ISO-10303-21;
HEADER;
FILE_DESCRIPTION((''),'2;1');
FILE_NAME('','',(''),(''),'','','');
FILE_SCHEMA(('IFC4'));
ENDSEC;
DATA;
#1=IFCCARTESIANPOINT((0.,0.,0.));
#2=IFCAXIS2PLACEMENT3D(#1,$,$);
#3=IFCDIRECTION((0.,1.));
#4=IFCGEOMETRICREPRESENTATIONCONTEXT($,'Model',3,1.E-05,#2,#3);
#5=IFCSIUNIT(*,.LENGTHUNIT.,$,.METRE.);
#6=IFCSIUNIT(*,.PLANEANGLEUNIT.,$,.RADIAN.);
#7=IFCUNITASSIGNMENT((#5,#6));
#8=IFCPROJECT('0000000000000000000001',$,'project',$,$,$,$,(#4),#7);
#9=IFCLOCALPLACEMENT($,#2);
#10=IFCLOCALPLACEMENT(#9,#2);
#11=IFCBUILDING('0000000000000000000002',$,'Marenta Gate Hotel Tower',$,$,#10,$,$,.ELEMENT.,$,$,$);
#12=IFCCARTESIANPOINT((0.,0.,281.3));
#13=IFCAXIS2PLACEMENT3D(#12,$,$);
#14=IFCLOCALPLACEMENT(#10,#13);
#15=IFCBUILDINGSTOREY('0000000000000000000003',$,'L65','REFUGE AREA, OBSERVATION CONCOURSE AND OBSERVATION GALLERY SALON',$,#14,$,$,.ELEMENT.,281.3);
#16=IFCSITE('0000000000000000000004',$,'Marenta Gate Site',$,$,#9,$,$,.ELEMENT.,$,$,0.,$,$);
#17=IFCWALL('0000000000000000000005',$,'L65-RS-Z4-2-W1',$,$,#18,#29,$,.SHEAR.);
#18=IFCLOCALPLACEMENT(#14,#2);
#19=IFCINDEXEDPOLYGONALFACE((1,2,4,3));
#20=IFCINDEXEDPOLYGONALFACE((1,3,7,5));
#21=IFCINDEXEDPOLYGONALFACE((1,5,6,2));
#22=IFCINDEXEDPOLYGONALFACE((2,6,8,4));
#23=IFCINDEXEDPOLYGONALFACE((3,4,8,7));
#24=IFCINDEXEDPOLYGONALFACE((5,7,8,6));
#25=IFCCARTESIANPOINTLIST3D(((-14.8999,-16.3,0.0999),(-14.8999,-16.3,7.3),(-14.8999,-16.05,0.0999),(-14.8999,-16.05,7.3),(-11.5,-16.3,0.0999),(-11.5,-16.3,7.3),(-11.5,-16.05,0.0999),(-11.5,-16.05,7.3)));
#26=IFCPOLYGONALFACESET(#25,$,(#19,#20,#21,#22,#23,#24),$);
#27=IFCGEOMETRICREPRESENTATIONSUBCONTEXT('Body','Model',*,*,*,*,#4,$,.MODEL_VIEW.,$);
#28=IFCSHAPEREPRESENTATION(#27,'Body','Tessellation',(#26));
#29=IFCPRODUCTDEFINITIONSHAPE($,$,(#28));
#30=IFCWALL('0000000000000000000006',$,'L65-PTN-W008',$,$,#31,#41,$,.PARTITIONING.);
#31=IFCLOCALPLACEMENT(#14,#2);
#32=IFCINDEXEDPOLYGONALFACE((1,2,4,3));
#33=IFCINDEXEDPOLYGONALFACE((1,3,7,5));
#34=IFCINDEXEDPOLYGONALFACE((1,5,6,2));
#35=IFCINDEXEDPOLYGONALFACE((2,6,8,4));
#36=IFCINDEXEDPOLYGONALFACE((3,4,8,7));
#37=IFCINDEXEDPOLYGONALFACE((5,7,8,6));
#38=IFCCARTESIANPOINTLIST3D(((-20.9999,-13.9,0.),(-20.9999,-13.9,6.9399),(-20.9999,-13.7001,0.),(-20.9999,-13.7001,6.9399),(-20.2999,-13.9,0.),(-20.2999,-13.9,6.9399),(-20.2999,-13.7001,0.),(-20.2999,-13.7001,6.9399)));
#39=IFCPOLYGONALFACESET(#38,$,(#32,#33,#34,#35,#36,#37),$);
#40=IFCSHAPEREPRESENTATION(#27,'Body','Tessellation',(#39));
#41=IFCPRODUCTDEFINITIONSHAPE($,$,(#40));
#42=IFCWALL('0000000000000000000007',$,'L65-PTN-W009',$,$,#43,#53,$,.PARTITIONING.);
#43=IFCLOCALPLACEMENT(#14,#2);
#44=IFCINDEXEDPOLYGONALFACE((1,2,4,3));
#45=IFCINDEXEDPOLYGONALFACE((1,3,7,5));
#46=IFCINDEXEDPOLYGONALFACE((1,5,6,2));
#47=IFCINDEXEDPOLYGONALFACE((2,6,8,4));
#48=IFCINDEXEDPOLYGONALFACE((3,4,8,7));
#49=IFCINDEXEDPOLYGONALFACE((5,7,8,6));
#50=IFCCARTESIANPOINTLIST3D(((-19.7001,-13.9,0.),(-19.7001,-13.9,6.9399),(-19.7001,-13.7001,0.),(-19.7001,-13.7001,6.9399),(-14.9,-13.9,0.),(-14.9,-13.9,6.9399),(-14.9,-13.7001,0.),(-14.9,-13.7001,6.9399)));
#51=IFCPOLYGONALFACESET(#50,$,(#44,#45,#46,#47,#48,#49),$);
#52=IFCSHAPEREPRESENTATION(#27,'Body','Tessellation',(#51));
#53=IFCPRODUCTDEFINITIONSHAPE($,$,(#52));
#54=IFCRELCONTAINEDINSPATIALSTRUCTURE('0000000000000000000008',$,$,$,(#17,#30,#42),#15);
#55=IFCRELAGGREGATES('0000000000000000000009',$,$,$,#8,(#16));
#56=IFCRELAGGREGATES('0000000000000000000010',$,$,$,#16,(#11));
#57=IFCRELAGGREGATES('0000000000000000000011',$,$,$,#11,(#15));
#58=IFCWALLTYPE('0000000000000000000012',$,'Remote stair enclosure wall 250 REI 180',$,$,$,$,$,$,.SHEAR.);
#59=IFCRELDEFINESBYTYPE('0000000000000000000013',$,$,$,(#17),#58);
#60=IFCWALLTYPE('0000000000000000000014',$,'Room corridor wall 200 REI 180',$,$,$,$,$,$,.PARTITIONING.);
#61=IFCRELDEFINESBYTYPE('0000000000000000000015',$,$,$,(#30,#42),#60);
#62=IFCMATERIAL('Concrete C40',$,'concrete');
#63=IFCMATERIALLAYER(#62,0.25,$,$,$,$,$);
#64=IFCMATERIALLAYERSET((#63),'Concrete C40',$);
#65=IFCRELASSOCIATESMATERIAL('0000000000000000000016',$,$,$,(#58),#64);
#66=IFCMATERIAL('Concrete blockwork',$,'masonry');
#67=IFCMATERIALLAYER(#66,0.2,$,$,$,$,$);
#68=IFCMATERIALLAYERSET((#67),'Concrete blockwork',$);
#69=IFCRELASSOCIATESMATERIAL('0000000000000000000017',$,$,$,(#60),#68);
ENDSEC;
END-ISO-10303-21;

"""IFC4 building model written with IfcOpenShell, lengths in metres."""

from ifc_helpers import new_model, si_unit, direction, frame, frame_2d, origin, place, context, subcontext, project, spatial, rectangle, extrude, material, layer, layer_set, type_object, element, save


model = new_model("IFC4")

# Units and contexts
model_context = context("Model", 3, precision=1e-05, world=origin(), true_north=direction((0.0, 1.0)))
body_context = subcontext(model_context, "Body", "Model", "MODEL_VIEW")
ifc_project = project(units=[si_unit("LENGTHUNIT", "METRE"), si_unit("PLANEANGLEUNIT", "RADIAN")], contexts=[model_context])

# Site, building, storey
site_placement = place(None, origin())
site = spatial("IfcSite", under=ifc_project, at=site_placement, Name="Marenta Gate Site", CompositionType="ELEMENT", RefElevation=0.0)
building_placement = place(site_placement, origin())
building = spatial("IfcBuilding", under=site, at=building_placement, Name="Marenta Gate Hotel Tower", CompositionType="ELEMENT")
storey_placement = place(building_placement, frame((0.0, 0.0, 281.3)))
storey = spatial("IfcBuildingStorey", under=building, at=storey_placement, Name="L65", Description="REFUGE AREA, OBSERVATION CONCOURSE AND OBSERVATION GALLERY SALON", CompositionType="ELEMENT", Elevation=281.3)

# Wall
ifc_material_1 = material(Name="Concrete C40", Category="concrete")
ifc_layer_1 = layer(ifc_material_1, 0.25)
ifc_layer_set_1 = layer_set([ifc_layer_1], Name="Concrete C40")
wall_type_1 = type_object("IfcWallType", Name="Remote stair enclosure wall 250 REI 180", PredefinedType="SHEAR", material=ifc_layer_set_1)
wall_1_placement = place(storey_placement, frame((-14.8999, -16.175, 0.0999), z_axis=(0.0, 0.0, 1.0), x_axis=(1.0, 0.0, 0.0)))
element("IfcWall", 1, at=wall_1_placement, inside=storey, type_object=wall_type_1, Name="L65-RS-Z4-2-W1", PredefinedType="SHEAR", context=body_context, shape_type="SweptSolid", body=[
    extrude(rectangle(XDim=3.3999, YDim=0.25, at=frame_2d((1.7, 0.0))), origin(), (0.0, 0.0, 1.0), 7.2002),
])

# Walls
ifc_material_2 = material(Name="Concrete blockwork", Category="masonry")
ifc_layer_2 = layer(ifc_material_2, 0.2)
ifc_layer_set_2 = layer_set([ifc_layer_2], Name="Concrete blockwork")
wall_type_2 = type_object("IfcWallType", Name="Room corridor wall 200 REI 180", PredefinedType="PARTITIONING", material=ifc_layer_set_2)
wall_2_placement = place(storey_placement, frame((-21.0, -13.8, 0.0), z_axis=(0.0, 0.0, 1.0), x_axis=(1.0, 0.0, 0.0)))
element("IfcWall", 2, at=wall_2_placement, inside=storey, type_object=wall_type_2, Name="L65-PTN-W008", PredefinedType="PARTITIONING", context=body_context, shape_type="SweptSolid", body=[
    extrude(rectangle(XDim=0.7, YDim=0.2, at=frame_2d((0.3501, 0.0))), origin(), (0.0, 0.0, 1.0), 6.9399),
])
wall_3_placement = place(storey_placement, frame((-19.7, -13.8, 0.0), z_axis=(0.0, 0.0, 1.0), x_axis=(1.0, 0.0, 0.0)))
element("IfcWall", 3, at=wall_3_placement, inside=storey, type_object=wall_type_2, Name="L65-PTN-W009", PredefinedType="PARTITIONING", context=body_context, shape_type="SweptSolid", body=[
    extrude(rectangle(XDim=4.8, YDim=0.2, at=frame_2d((2.3999, 0.0))), origin(), (0.0, 0.0, 1.0), 6.9399),
])

save(model, "model.ifc")
